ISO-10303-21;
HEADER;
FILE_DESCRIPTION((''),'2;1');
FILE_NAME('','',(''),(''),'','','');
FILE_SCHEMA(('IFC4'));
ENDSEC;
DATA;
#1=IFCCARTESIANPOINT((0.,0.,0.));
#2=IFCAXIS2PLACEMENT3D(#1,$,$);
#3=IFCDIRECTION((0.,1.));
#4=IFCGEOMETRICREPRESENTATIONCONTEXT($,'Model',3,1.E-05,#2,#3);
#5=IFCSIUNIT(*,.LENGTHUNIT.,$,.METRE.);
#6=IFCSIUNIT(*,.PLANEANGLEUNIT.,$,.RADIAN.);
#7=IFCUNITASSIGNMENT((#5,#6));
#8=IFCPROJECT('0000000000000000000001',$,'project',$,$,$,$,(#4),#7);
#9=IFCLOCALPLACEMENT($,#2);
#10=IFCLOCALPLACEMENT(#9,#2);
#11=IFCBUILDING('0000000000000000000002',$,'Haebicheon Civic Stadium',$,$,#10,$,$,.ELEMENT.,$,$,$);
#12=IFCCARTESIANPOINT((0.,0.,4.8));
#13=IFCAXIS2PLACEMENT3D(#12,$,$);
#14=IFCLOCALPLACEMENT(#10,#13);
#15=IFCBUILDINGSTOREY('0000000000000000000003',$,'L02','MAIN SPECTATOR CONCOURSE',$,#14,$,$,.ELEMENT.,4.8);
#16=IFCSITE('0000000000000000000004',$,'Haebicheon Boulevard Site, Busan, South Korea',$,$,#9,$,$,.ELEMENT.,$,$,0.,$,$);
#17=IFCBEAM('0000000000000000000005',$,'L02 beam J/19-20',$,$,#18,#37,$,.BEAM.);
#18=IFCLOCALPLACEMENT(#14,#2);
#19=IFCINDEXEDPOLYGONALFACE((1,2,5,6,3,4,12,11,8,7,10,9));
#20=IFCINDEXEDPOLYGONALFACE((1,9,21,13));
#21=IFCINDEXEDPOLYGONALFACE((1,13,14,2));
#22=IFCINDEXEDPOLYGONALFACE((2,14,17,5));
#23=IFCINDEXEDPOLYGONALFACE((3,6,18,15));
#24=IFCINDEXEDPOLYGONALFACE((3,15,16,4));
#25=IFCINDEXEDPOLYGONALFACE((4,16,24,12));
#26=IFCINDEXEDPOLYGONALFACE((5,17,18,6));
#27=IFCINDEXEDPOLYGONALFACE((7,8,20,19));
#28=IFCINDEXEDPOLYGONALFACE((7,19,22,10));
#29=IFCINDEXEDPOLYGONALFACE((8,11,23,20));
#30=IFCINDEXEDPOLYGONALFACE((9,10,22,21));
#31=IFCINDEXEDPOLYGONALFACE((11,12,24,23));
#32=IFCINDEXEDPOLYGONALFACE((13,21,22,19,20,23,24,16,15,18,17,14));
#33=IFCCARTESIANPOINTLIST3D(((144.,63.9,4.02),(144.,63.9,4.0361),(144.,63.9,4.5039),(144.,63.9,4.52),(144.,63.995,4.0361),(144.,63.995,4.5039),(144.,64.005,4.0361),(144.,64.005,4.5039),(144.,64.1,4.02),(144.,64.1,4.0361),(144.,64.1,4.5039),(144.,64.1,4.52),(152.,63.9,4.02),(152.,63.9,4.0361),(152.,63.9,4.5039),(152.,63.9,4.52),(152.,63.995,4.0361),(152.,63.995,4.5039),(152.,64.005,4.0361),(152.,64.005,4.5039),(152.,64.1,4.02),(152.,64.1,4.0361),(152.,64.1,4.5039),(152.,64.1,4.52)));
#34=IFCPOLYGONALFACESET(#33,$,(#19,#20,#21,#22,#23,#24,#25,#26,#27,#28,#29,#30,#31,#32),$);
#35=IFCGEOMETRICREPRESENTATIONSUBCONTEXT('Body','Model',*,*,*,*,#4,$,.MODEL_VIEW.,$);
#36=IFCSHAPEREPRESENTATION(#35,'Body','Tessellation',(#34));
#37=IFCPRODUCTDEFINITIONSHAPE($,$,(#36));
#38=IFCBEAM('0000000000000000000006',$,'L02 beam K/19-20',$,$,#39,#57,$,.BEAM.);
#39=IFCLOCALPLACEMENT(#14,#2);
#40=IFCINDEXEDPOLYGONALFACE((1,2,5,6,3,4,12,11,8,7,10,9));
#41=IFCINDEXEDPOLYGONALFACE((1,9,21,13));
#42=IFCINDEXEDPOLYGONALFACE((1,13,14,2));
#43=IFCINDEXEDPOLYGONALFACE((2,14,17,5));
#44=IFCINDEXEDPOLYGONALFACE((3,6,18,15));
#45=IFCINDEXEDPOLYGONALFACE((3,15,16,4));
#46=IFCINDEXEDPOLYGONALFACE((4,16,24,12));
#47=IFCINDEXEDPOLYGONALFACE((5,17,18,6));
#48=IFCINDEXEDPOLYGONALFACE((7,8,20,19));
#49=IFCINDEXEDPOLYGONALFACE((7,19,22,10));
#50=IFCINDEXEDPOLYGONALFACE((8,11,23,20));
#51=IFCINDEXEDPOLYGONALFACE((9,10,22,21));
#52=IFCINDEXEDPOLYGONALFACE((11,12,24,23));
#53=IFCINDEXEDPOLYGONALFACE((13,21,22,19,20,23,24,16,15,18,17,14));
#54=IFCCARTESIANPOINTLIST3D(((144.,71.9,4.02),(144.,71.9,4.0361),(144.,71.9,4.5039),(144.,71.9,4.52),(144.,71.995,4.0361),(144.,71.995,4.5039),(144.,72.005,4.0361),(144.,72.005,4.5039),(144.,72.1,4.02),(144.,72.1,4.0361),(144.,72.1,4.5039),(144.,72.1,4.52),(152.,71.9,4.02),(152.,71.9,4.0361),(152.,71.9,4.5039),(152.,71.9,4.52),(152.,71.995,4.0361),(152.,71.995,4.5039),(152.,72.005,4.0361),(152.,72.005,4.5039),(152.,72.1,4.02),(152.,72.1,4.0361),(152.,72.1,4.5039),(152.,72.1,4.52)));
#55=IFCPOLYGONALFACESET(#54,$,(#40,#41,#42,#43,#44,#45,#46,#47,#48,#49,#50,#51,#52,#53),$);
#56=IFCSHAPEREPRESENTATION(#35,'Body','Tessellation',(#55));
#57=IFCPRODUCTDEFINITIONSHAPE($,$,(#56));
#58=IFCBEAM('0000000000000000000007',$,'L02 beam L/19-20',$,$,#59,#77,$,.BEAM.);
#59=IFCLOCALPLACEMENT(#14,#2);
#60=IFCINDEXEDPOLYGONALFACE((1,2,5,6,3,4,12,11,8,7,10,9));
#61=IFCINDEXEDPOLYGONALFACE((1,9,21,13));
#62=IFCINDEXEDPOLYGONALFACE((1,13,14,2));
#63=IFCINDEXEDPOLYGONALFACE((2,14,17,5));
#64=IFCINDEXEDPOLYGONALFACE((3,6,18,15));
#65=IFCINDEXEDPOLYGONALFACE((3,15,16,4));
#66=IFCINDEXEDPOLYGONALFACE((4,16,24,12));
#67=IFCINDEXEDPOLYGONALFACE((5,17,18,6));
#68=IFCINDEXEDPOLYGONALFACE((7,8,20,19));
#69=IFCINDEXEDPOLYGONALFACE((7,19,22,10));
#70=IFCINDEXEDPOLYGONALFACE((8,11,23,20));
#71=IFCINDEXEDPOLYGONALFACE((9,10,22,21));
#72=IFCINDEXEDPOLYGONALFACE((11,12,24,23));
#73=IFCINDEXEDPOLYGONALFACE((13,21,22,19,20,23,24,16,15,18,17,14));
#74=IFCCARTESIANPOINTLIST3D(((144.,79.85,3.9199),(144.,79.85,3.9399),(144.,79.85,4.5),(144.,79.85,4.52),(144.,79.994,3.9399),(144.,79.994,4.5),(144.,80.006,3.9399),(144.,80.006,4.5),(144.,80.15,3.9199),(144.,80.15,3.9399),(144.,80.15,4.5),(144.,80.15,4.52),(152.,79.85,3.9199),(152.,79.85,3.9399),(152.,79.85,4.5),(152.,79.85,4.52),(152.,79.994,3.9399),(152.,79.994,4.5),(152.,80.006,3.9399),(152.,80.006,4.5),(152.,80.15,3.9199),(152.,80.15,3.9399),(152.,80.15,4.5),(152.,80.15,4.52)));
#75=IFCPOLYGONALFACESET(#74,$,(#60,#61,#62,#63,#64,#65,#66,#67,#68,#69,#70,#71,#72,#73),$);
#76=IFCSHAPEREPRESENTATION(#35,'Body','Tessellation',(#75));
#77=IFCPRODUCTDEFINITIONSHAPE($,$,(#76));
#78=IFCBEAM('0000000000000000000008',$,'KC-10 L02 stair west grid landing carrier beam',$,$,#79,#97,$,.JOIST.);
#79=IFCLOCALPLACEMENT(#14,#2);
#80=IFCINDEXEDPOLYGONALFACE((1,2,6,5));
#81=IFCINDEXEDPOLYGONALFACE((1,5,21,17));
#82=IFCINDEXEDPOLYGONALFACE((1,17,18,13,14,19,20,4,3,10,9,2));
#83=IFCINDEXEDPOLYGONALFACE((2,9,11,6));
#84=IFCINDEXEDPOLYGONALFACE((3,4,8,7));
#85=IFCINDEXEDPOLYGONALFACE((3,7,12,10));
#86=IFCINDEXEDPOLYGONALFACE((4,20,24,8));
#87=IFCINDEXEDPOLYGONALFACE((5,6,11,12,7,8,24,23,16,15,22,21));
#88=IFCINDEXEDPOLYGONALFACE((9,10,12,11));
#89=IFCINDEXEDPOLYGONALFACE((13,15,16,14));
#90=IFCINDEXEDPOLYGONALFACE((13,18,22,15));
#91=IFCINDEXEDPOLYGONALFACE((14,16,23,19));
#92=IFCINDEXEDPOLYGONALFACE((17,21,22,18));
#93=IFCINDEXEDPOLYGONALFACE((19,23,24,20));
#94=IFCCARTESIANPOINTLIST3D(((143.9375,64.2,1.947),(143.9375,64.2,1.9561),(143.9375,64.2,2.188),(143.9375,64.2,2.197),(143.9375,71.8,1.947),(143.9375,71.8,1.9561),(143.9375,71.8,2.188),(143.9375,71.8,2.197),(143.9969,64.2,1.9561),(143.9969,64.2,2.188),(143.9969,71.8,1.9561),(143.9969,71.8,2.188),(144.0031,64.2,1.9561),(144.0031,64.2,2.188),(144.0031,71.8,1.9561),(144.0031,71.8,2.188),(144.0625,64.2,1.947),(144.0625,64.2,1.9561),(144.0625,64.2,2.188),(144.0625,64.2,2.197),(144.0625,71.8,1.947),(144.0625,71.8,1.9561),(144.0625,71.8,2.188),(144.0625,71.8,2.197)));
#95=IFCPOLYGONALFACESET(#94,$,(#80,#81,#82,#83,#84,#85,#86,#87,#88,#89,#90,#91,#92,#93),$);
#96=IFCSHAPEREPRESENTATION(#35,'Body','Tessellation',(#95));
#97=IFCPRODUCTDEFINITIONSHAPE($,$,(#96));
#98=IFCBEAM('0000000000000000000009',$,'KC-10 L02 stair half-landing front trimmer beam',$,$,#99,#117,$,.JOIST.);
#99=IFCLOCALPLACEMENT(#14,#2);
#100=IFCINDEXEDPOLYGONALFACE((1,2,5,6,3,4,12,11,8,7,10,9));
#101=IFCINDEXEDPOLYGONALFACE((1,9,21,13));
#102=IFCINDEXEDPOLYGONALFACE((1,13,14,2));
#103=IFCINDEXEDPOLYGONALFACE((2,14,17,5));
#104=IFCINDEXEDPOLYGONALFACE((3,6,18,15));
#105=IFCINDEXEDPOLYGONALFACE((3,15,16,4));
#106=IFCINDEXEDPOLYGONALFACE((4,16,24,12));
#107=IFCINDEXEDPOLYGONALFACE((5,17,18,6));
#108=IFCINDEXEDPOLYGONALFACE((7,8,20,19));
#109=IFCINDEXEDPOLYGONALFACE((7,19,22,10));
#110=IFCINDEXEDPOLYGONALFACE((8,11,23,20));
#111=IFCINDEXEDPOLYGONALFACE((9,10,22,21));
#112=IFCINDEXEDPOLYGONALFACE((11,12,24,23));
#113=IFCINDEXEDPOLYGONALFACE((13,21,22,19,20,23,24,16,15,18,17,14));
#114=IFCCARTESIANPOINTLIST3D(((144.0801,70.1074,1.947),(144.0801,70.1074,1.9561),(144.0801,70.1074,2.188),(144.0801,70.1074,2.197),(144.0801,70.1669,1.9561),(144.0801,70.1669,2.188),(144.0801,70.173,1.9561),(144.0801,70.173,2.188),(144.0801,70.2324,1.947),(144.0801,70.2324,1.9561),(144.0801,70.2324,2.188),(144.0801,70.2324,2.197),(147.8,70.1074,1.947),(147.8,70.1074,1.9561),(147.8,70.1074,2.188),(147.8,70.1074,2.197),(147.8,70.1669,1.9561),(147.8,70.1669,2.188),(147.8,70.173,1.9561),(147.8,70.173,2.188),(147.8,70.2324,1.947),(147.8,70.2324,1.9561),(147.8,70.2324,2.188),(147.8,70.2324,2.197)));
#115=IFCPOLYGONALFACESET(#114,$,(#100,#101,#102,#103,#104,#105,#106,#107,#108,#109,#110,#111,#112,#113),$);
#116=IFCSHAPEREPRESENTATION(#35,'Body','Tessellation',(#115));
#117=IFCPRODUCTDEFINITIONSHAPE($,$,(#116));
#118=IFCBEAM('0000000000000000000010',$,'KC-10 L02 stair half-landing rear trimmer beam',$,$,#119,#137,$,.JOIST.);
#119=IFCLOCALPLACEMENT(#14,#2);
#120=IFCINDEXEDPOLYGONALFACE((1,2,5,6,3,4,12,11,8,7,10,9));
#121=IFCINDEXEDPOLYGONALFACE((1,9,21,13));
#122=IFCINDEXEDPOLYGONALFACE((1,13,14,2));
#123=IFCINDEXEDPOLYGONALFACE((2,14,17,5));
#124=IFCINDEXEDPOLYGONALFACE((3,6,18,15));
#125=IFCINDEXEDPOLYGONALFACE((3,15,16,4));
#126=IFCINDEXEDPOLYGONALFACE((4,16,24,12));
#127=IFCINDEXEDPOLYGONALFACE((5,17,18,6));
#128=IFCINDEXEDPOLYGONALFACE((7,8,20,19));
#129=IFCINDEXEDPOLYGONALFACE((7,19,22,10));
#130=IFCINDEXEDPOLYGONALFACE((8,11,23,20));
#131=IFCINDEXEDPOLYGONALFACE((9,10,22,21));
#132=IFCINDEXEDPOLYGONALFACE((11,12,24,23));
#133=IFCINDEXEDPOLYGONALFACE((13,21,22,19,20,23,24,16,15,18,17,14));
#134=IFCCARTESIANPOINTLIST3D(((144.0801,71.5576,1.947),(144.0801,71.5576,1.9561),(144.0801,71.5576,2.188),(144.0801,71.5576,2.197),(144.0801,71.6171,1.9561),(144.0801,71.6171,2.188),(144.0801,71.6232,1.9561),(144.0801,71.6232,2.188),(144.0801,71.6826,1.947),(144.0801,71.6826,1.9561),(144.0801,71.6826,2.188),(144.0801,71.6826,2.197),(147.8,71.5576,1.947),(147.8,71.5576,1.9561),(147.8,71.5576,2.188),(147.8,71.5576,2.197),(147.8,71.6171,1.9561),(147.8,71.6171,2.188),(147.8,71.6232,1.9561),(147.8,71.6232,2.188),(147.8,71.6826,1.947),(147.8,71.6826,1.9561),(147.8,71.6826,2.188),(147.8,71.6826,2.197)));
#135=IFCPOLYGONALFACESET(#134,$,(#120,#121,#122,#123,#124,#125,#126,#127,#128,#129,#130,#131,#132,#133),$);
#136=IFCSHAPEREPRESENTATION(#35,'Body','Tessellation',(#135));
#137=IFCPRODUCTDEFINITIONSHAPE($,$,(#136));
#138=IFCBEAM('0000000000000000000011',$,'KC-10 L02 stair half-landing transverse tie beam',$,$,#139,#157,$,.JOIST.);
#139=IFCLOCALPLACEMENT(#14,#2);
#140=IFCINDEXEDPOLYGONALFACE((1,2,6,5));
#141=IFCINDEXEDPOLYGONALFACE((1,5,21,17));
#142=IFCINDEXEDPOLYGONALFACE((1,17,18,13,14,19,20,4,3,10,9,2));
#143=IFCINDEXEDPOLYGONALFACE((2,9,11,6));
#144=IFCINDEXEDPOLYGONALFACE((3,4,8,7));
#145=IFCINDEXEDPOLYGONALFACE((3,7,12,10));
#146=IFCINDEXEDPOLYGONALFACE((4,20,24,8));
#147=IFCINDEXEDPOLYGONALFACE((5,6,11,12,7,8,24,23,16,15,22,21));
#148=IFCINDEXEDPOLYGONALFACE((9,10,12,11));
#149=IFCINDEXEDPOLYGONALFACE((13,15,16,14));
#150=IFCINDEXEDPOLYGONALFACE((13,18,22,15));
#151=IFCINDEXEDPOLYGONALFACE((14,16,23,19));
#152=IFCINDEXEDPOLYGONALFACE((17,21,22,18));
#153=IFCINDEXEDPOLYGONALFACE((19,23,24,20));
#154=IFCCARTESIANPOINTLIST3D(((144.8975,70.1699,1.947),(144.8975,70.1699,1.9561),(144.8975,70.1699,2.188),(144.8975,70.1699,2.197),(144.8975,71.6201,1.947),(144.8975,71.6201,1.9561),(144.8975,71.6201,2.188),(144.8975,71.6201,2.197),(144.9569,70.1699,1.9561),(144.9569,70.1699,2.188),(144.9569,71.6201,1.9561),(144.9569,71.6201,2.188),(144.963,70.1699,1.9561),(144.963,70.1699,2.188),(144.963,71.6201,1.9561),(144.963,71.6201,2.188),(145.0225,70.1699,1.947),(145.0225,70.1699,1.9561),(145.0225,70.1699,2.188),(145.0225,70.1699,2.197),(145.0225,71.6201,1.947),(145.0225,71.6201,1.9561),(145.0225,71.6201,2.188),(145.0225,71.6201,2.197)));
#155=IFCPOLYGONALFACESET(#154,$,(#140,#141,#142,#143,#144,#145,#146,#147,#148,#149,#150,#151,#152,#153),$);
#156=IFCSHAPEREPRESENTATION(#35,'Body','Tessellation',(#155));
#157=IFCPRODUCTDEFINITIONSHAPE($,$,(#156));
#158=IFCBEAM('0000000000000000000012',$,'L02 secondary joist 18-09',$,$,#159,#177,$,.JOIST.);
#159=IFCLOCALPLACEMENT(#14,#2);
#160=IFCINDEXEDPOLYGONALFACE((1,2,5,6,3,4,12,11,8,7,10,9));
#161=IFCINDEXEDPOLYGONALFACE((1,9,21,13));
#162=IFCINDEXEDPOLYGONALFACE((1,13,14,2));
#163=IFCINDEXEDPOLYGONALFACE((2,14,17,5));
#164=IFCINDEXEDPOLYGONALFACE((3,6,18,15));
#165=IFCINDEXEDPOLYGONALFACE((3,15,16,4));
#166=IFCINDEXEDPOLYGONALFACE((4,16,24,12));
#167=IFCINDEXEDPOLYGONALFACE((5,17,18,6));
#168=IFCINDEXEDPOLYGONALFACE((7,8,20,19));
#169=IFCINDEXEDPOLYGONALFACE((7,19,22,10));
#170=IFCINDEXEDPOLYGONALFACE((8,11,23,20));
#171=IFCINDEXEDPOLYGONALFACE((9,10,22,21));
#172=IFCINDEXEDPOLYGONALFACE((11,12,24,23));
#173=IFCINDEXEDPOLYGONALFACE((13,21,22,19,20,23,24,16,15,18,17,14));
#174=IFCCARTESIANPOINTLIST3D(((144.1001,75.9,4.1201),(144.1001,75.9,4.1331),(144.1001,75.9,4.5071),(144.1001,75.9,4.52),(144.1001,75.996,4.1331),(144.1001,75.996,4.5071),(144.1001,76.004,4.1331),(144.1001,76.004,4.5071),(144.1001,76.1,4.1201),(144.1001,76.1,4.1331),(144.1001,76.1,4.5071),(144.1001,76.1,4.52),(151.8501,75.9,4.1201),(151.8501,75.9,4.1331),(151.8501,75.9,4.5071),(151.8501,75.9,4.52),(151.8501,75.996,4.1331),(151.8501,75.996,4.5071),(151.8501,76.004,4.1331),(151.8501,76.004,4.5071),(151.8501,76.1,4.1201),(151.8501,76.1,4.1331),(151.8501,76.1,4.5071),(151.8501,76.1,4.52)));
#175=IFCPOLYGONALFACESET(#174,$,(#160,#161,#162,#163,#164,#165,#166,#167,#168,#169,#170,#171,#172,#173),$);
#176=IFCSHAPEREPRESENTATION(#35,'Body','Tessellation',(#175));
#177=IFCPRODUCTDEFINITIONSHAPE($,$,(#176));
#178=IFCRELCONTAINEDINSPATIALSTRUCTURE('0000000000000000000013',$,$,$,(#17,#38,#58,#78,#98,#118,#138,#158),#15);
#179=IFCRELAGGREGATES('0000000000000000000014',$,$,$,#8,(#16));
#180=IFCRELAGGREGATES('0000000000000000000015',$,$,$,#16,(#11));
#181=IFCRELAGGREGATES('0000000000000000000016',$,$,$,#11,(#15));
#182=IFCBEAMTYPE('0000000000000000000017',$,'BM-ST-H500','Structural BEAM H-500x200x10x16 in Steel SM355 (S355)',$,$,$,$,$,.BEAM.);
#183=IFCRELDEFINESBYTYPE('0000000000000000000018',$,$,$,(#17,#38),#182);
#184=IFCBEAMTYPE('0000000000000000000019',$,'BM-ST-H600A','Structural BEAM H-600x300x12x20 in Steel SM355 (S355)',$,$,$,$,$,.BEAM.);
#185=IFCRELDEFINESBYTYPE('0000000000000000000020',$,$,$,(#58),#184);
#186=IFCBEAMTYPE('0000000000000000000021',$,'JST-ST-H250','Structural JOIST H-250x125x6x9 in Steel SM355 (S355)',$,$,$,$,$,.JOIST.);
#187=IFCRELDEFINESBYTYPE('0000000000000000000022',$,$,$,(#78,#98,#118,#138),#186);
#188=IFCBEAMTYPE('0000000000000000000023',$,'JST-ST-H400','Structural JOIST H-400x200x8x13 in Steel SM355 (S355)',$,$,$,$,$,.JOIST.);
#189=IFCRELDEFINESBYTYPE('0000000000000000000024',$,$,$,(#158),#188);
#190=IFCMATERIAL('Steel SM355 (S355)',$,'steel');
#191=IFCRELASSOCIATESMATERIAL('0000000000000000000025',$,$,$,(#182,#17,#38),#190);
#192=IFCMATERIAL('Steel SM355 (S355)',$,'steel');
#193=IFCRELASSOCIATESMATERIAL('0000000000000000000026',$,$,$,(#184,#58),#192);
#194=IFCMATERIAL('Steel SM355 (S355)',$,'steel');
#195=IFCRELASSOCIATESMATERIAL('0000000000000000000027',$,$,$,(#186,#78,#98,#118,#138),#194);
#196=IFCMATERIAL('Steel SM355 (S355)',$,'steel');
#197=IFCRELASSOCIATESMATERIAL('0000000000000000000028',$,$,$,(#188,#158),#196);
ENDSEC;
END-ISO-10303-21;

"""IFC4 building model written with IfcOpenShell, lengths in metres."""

from ifc_helpers import new_model, si_unit, direction, frame, origin, origin_2d, place, context, subcontext, project, spatial, i_section, extrude, material, material_profile, profile_set, type_object, element, save


model = new_model("IFC4")

# Units and contexts
model_context = context("Model", 3, precision=1e-05, world=origin(), true_north=direction((0.0, 1.0)))
body_context = subcontext(model_context, "Body", "Model", "MODEL_VIEW")
ifc_project = project(units=[si_unit("LENGTHUNIT", "METRE"), si_unit("PLANEANGLEUNIT", "RADIAN")], contexts=[model_context])

# Site, building, storey
site_placement = place(None, origin())
site = spatial("IfcSite", under=ifc_project, at=site_placement, Name="Haebicheon Boulevard Site, Busan, South Korea", CompositionType="ELEMENT", RefElevation=0.0)
building_placement = place(site_placement, origin())
building = spatial("IfcBuilding", under=site, at=building_placement, Name="Haebicheon Civic Stadium", CompositionType="ELEMENT")
storey_placement = place(building_placement, frame((0.0, 0.0, 4.8)))
storey = spatial("IfcBuildingStorey", under=building, at=storey_placement, Name="L02", Description="MAIN SPECTATOR CONCOURSE", CompositionType="ELEMENT", Elevation=4.8)

# Beams
ifc_material_1 = material(Name="Steel SM355 (S355)", Category="steel")
ifc_material_profile_1 = material_profile(ifc_material_1, i_section(OverallWidth=0.2, OverallDepth=0.5, WebThickness=0.01, FlangeThickness=0.0161, at=origin_2d()), Name="H-500x200x10x16")
ifc_profile_set_1 = profile_set([ifc_material_profile_1], Name="Steel SM355 (S355)")
beam_type_1 = type_object("IfcBeamType", Name="BM-ST-H500", Description="Structural BEAM H-500x200x10x16 in Steel SM355 (S355)", PredefinedType="BEAM", material=ifc_profile_set_1)
for number, where, z_axis, x_axis, name in (
    (1, (144.0, 64.0, 4.27), (1.0, 0.0, 0.0), (0.0, 1.0, 0.0), "L02 beam J/19-20"),
    (2, (144.0, 72.0, 4.27), (1.0, 0.0, 0.0), (0.0, 1.0, 0.0), "L02 beam K/19-20"),
):
    element("IfcBeam", number, at=place(storey_placement, frame(where, z_axis=z_axis, x_axis=x_axis)), inside=storey, type_object=beam_type_1, material=ifc_profile_set_1, Name=name, PredefinedType="BEAM", context=body_context, shape_type="SweptSolid", body=[
        extrude(i_section(OverallWidth=0.2, OverallDepth=0.5, WebThickness=0.01, FlangeThickness=0.0161, at=origin_2d()), origin(), (0.0, 0.0, 1.0), 8.0),
    ])
ifc_material_2 = material(Name="Steel SM355 (S355)", Category="steel")
ifc_material_profile_2 = material_profile(ifc_material_2, i_section(OverallWidth=0.3, OverallDepth=0.6001, WebThickness=0.012, FlangeThickness=0.02, at=origin_2d()), Name="H-600x300x12x20")
ifc_profile_set_2 = profile_set([ifc_material_profile_2], Name="Steel SM355 (S355)")
beam_type_2 = type_object("IfcBeamType", Name="BM-ST-H600A", Description="Structural BEAM H-600x300x12x20 in Steel SM355 (S355)", PredefinedType="BEAM", material=ifc_profile_set_2)
beam_1_placement = place(storey_placement, frame((144.0, 80.0, 4.22), z_axis=(1.0, 0.0, 0.0), x_axis=(0.0, 1.0, 0.0)))
element("IfcBeam", 3, at=beam_1_placement, inside=storey, type_object=beam_type_2, material=ifc_profile_set_2, Name="L02 beam L/19-20", PredefinedType="BEAM", context=body_context, shape_type="SweptSolid", body=[
    extrude(i_section(OverallWidth=0.3, OverallDepth=0.6001, WebThickness=0.012, FlangeThickness=0.02, at=origin_2d()), origin(), (0.0, 0.0, 1.0), 8.0),
])
ifc_material_3 = material(Name="Steel SM355 (S355)", Category="steel")
ifc_material_profile_3 = material_profile(ifc_material_3, i_section(OverallWidth=0.125, OverallDepth=0.25, WebThickness=0.0061, FlangeThickness=0.009, at=origin_2d()), Name="H-250x125x6x9")
ifc_profile_set_3 = profile_set([ifc_material_profile_3], Name="Steel SM355 (S355)")
beam_type_3 = type_object("IfcBeamType", Name="JST-ST-H250", Description="Structural JOIST H-250x125x6x9 in Steel SM355 (S355)", PredefinedType="JOIST", material=ifc_profile_set_3)
beam_2_placement = place(storey_placement, frame((144.0, 64.2, 2.072), z_axis=(0.0, 1.0, 0.0), x_axis=(-1.0, 0.0, 0.0)))
element("IfcBeam", 4, at=beam_2_placement, inside=storey, type_object=beam_type_3, material=ifc_profile_set_3, Name="KC-10 L02 stair west grid landing carrier beam", PredefinedType="JOIST", context=body_context, shape_type="SweptSolid", body=[
    extrude(i_section(OverallWidth=0.125, OverallDepth=0.25, WebThickness=0.0061, FlangeThickness=0.009, at=origin_2d()), origin(), (0.0, 0.0, 1.0), 7.6001),
])
for number, where, z_axis, x_axis, name in (
    (5, (144.0801, 70.1699, 2.072), (1.0, 0.0, 0.0), (0.0, 1.0, 0.0), "KC-10 L02 stair half-landing front trimmer beam"),
    (6, (144.0801, 71.6201, 2.072), (1.0, 0.0, 0.0), (0.0, 1.0, 0.0), "KC-10 L02 stair half-landing rear trimmer beam"),
):
    element("IfcBeam", number, at=place(storey_placement, frame(where, z_axis=z_axis, x_axis=x_axis)), inside=storey, type_object=beam_type_3, material=ifc_profile_set_3, Name=name, PredefinedType="JOIST", context=body_context, shape_type="SweptSolid", body=[
        extrude(i_section(OverallWidth=0.125, OverallDepth=0.25, WebThickness=0.0061, FlangeThickness=0.009, at=origin_2d()), origin(), (0.0, 0.0, 1.0), 3.72),
    ])
beam_3_placement = place(storey_placement, frame((144.96, 70.1699, 2.072), z_axis=(0.0, 1.0, 0.0), x_axis=(-1.0, 0.0, 0.0)))
element("IfcBeam", 7, at=beam_3_placement, inside=storey, type_object=beam_type_3, material=ifc_profile_set_3, Name="KC-10 L02 stair half-landing transverse tie beam", PredefinedType="JOIST", context=body_context, shape_type="SweptSolid", body=[
    extrude(i_section(OverallWidth=0.125, OverallDepth=0.25, WebThickness=0.0061, FlangeThickness=0.009, at=origin_2d()), origin(), (0.0, 0.0, 1.0), 1.4502),
])
ifc_material_4 = material(Name="Steel SM355 (S355)", Category="steel")
ifc_material_profile_4 = material_profile(ifc_material_4, i_section(OverallWidth=0.2, OverallDepth=0.3999, WebThickness=0.0081, FlangeThickness=0.0129, at=origin_2d()), Name="H-400x200x8x13")
ifc_profile_set_4 = profile_set([ifc_material_profile_4], Name="Steel SM355 (S355)")
beam_type_4 = type_object("IfcBeamType", Name="JST-ST-H400", Description="Structural JOIST H-400x200x8x13 in Steel SM355 (S355)", PredefinedType="JOIST", material=ifc_profile_set_4)
beam_4_placement = place(storey_placement, frame((144.1001, 76.0, 4.3201), z_axis=(1.0, 0.0, 0.0), x_axis=(0.0, 1.0, 0.0)))
element("IfcBeam", 8, at=beam_4_placement, inside=storey, type_object=beam_type_4, material=ifc_profile_set_4, Name="L02 secondary joist 18-09", PredefinedType="JOIST", context=body_context, shape_type="SweptSolid", body=[
    extrude(i_section(OverallWidth=0.2, OverallDepth=0.3999, WebThickness=0.0081, FlangeThickness=0.0129, at=origin_2d()), origin(), (0.0, 0.0, 1.0), 7.75),
])

save(model, "model.ifc")
